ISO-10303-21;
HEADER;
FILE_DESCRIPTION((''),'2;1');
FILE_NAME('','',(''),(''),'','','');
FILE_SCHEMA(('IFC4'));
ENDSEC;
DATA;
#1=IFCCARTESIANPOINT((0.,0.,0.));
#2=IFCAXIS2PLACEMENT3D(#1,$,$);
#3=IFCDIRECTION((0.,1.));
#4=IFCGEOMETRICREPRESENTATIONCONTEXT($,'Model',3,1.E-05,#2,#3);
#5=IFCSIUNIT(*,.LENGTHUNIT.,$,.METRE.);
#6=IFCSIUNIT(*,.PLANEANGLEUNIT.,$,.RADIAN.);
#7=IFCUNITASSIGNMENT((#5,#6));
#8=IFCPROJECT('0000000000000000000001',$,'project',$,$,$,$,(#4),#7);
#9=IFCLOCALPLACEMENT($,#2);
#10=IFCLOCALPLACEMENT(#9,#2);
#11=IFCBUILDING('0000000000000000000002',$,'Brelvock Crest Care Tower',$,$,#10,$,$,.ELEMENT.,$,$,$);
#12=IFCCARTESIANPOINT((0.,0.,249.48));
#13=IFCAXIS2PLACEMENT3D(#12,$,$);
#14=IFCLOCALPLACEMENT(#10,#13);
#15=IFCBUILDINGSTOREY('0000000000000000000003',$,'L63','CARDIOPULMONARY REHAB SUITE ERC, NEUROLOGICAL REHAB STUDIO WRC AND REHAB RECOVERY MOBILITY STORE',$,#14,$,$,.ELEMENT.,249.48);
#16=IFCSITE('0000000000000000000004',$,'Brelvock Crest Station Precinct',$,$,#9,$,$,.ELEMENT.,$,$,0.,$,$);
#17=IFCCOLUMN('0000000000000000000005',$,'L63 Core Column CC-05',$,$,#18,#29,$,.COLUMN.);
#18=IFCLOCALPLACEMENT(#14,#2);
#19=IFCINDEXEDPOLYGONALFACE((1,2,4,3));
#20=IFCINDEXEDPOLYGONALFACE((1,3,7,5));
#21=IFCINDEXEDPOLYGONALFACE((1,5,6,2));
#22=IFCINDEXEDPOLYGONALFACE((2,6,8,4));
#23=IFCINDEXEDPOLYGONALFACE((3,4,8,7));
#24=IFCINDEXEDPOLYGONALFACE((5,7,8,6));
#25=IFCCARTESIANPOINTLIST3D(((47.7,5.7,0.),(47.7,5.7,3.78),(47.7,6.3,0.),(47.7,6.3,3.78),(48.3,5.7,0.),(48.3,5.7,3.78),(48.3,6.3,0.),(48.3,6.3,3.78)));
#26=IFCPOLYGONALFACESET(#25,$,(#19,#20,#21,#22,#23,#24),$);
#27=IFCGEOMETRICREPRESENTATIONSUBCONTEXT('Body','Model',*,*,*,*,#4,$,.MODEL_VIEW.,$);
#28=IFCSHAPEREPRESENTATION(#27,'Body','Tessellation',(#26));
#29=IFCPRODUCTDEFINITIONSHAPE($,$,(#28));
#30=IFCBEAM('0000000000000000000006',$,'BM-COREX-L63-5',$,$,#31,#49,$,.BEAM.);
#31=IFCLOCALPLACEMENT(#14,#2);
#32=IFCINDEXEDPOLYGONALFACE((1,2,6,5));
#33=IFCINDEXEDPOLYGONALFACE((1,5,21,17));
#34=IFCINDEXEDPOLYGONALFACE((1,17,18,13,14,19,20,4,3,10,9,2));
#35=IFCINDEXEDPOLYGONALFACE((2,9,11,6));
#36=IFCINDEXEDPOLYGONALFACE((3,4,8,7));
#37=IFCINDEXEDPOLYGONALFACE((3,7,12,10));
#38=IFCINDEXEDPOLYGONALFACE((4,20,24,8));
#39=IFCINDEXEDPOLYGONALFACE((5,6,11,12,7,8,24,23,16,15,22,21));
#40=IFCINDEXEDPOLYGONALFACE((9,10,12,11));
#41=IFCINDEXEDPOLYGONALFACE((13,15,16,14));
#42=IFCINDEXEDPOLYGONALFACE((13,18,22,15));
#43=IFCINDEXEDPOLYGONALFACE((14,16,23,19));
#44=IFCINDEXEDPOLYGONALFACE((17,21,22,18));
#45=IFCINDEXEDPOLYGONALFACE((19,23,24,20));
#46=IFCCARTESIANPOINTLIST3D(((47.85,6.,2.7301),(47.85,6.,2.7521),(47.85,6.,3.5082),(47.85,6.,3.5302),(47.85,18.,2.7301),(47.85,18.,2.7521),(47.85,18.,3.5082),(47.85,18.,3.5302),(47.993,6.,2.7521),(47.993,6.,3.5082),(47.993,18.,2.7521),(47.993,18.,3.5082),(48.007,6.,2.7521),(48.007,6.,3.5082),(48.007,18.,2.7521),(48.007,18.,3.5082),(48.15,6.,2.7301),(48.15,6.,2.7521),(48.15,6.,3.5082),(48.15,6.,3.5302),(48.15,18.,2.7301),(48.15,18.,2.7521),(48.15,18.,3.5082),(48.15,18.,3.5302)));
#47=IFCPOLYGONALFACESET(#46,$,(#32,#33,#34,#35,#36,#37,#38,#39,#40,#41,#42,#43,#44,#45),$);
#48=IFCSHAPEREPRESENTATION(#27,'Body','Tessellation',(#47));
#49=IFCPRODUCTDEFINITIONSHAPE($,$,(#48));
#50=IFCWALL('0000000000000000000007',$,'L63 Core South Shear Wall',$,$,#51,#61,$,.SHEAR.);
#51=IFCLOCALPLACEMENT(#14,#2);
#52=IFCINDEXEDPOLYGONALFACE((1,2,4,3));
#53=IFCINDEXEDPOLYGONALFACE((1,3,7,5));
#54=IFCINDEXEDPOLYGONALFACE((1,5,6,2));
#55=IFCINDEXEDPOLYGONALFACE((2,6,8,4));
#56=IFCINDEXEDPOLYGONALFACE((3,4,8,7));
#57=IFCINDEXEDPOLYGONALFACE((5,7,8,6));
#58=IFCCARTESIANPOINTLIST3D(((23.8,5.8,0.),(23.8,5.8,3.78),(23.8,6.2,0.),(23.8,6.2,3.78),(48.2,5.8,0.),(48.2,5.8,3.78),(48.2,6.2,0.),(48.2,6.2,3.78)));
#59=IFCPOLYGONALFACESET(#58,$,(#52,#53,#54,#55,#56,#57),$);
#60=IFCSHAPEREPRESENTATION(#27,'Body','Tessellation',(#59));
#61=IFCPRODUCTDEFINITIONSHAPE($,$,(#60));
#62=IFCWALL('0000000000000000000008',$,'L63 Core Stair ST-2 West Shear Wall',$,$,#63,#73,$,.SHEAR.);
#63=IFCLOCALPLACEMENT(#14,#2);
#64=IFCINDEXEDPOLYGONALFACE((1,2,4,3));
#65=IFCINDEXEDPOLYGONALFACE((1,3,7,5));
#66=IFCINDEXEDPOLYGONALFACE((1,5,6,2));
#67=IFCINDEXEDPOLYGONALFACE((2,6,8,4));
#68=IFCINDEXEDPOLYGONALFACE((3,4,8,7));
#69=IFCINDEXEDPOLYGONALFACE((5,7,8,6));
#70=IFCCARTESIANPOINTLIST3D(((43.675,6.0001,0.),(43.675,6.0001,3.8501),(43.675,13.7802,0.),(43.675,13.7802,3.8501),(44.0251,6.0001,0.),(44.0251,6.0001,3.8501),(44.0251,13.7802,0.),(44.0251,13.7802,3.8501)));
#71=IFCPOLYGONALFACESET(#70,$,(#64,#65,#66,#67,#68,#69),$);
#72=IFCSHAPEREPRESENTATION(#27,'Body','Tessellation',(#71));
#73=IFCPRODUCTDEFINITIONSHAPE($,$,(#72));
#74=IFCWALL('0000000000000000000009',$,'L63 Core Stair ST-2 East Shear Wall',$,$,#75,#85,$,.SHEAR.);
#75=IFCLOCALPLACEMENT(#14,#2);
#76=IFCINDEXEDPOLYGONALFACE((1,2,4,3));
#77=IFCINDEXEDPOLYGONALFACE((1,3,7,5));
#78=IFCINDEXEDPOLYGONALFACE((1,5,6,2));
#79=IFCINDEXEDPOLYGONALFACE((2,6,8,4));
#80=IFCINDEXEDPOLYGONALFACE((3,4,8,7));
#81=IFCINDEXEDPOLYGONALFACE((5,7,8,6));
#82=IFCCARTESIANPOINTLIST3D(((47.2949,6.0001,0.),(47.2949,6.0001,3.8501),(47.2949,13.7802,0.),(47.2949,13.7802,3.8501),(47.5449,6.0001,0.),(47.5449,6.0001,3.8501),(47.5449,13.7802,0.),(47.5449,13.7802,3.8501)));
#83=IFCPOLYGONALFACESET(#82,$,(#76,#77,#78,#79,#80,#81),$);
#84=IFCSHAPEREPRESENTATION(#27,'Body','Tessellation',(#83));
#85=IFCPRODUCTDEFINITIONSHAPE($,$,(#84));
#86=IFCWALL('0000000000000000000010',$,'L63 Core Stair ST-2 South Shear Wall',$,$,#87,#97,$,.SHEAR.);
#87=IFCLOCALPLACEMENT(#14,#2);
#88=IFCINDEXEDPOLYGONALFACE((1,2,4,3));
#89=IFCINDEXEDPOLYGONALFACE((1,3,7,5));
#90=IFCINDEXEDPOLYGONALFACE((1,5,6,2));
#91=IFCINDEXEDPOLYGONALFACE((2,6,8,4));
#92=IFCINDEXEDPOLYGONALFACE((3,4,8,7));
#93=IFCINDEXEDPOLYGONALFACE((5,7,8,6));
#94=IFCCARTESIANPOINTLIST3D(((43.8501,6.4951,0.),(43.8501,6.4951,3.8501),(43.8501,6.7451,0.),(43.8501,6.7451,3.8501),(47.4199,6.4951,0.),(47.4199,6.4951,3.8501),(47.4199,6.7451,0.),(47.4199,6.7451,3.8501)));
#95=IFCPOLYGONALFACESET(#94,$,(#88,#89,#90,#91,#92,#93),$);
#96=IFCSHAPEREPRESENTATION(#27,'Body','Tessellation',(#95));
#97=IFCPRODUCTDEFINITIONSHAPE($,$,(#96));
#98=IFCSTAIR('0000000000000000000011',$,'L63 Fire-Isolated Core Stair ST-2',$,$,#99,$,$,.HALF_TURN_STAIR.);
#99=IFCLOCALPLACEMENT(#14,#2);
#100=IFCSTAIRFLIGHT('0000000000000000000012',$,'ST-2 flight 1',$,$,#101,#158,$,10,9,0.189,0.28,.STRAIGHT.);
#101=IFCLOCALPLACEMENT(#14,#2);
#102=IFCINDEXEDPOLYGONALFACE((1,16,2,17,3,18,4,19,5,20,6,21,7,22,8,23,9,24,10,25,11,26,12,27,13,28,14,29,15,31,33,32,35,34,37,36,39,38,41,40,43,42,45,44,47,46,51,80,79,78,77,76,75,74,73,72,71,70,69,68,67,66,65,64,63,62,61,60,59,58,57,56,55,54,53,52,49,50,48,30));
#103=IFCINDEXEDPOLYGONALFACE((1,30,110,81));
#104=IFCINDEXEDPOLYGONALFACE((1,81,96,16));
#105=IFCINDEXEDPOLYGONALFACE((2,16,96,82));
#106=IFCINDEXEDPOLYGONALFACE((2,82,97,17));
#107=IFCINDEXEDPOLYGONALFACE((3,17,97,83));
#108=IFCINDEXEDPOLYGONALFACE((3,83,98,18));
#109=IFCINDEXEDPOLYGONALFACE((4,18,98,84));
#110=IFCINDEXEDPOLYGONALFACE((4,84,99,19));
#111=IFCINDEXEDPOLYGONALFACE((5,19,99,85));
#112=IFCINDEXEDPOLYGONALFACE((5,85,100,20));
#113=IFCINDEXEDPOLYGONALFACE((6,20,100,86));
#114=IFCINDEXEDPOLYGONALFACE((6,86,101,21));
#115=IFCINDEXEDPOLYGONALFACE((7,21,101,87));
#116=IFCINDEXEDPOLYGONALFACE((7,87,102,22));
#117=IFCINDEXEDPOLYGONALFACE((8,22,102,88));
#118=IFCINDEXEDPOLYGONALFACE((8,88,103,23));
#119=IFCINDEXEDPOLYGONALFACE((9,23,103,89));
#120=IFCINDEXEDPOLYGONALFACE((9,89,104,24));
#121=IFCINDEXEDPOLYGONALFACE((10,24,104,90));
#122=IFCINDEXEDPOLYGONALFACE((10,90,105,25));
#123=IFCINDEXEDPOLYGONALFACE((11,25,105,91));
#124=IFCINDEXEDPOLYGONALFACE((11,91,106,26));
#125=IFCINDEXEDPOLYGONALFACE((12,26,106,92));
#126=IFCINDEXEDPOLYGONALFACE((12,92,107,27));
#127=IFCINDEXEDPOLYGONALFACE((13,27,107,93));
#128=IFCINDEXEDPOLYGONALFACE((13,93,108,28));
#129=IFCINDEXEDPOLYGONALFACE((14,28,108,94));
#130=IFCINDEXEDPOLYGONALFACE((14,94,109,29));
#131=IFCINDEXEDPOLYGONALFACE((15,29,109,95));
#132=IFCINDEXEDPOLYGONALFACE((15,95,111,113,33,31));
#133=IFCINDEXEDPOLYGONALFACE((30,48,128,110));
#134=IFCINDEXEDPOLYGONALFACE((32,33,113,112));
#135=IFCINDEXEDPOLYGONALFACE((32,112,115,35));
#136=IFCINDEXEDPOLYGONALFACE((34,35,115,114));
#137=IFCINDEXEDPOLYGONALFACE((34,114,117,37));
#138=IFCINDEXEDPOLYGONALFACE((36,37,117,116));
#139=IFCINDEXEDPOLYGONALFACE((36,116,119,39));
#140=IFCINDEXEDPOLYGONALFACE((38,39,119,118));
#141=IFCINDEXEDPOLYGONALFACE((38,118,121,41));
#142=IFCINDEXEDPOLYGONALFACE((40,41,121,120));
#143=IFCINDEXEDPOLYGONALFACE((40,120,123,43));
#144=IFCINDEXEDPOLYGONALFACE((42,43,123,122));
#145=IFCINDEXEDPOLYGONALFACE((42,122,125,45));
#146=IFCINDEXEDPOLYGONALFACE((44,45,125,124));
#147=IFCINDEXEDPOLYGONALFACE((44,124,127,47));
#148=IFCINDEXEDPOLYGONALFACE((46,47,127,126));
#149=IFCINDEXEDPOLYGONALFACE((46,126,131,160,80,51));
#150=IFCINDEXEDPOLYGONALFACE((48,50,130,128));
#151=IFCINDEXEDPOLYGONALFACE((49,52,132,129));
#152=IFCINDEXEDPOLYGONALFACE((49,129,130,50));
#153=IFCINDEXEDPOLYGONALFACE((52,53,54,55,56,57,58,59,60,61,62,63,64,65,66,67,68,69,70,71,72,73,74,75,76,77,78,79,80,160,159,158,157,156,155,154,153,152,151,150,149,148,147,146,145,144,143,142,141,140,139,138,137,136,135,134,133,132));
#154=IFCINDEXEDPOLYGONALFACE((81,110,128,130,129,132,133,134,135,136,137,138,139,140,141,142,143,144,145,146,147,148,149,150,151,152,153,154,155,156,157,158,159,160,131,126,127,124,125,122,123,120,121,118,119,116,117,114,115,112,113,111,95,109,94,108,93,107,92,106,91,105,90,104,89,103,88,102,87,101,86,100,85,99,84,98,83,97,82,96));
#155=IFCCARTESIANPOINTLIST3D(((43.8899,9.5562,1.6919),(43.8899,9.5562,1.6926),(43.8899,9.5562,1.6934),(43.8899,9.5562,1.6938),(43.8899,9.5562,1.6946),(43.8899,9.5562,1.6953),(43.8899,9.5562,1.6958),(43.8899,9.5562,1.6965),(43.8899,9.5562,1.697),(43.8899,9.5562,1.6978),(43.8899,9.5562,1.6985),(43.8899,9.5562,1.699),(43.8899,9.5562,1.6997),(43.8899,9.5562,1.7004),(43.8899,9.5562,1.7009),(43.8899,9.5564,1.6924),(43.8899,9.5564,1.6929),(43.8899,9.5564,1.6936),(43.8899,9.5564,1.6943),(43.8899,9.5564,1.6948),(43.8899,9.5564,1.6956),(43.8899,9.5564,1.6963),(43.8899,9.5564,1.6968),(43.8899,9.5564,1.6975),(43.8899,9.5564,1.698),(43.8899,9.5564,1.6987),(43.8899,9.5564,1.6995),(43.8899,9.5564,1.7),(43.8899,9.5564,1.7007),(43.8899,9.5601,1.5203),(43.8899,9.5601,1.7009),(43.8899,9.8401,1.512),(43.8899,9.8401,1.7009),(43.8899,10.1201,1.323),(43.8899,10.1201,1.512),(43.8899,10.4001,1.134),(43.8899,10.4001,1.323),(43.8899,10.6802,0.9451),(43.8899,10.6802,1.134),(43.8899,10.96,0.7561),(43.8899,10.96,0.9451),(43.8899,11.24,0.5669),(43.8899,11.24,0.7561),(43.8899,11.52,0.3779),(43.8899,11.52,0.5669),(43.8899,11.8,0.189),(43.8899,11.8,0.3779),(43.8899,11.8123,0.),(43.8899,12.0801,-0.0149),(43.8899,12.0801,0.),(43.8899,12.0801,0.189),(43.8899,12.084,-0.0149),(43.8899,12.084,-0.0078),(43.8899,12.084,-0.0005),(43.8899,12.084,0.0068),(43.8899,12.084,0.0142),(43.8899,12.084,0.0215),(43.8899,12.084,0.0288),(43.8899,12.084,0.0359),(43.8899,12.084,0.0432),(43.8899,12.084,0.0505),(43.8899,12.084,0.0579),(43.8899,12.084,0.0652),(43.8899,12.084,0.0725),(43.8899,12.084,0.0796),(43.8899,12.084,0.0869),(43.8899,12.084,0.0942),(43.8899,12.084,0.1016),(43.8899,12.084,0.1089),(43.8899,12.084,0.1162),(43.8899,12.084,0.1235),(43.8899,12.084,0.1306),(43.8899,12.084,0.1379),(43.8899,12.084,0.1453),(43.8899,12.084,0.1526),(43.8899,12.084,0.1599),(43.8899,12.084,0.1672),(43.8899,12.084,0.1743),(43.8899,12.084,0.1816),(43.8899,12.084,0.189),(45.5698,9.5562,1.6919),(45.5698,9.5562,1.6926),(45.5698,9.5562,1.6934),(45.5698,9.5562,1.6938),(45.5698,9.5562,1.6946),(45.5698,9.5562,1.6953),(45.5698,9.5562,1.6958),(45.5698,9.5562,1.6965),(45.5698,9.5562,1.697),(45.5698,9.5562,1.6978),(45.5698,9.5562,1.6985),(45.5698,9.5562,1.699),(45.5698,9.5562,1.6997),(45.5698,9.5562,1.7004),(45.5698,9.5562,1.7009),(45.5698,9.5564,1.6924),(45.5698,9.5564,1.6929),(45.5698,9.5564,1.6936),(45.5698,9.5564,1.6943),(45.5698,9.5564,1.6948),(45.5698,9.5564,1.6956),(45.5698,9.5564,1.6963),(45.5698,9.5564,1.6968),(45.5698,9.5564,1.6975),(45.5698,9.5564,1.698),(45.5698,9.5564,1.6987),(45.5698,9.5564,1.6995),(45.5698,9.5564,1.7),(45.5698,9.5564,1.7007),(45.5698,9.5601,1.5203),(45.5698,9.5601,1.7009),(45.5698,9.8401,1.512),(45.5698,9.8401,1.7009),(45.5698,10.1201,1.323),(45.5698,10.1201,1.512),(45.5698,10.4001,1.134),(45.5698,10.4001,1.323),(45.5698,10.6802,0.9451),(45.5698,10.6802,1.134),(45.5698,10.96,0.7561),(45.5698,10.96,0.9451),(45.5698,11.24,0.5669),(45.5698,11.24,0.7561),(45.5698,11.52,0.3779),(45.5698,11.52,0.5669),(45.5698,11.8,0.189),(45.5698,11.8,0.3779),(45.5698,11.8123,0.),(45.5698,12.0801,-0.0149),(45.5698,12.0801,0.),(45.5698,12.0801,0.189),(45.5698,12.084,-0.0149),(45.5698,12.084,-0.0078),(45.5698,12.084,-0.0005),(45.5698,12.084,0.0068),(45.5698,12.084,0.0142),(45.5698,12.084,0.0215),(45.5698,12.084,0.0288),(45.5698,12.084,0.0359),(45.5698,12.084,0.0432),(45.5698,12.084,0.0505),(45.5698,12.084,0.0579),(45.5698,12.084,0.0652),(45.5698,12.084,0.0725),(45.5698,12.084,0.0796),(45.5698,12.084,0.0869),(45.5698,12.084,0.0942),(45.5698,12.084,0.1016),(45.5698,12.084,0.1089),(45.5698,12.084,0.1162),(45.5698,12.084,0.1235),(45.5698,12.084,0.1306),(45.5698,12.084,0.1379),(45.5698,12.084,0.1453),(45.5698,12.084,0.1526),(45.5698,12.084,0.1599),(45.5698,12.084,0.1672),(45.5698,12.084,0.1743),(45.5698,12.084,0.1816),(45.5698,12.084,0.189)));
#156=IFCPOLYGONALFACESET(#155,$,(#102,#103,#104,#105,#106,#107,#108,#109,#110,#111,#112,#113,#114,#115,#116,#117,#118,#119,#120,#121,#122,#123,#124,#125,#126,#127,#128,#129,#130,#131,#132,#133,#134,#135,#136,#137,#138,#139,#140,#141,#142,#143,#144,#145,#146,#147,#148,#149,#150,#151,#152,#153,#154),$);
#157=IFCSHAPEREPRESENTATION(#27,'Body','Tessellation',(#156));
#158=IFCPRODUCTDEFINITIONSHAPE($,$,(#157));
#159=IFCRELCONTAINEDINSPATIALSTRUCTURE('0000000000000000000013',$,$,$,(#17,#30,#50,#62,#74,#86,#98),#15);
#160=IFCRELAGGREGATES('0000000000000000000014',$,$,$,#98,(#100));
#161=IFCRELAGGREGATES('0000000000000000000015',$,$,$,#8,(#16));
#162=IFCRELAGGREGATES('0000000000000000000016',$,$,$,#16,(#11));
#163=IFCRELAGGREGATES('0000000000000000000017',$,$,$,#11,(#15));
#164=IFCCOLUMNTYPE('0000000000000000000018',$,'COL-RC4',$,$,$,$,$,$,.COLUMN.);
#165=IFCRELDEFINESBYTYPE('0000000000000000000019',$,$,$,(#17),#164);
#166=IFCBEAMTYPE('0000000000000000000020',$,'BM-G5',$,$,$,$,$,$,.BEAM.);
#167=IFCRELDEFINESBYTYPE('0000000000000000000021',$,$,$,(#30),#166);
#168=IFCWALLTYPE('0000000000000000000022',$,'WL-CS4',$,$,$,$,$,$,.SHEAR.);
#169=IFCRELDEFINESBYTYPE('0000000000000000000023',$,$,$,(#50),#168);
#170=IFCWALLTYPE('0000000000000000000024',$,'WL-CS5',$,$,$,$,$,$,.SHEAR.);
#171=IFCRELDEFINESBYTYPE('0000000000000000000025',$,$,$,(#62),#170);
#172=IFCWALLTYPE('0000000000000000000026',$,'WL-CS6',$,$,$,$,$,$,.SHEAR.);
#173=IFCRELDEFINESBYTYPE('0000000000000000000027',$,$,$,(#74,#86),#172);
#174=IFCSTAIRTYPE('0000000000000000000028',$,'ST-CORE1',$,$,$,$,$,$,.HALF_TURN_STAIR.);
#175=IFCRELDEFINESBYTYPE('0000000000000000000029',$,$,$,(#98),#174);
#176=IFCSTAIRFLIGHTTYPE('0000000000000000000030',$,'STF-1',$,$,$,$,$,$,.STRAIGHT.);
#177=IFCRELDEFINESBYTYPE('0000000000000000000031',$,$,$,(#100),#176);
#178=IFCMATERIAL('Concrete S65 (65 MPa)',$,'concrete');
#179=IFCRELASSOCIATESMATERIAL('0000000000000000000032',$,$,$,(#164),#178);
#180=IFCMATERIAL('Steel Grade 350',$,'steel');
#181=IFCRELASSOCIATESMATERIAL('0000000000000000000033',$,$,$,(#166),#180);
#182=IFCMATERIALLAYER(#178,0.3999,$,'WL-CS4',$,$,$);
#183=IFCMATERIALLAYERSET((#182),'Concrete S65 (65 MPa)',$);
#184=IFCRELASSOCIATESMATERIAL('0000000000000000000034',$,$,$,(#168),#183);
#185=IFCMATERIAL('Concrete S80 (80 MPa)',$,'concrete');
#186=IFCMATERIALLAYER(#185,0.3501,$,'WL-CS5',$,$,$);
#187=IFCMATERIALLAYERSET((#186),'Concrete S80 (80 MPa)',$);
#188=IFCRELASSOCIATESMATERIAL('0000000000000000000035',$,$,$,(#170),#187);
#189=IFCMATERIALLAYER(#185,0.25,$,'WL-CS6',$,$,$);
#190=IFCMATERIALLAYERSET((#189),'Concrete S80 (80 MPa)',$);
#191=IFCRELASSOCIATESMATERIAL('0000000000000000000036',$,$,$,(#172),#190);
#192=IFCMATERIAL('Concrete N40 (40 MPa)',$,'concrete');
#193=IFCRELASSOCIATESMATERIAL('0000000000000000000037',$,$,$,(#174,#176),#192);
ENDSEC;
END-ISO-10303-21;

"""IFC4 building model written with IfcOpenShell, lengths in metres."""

from ifc_helpers import new_model, si_unit, direction, frame, frame_2d, origin, origin_2d, place, context, subcontext, project, spatial, polyline, rectangle, i_section, outline, extrude, source, transform, mapped, material, layer, layer_set, material_profile, profile_set, type_object, element, aggregate, save


model = new_model("IFC4")

# Units and contexts
model_context = context("Model", 3, precision=1e-05, world=origin(), true_north=direction((0.0, 1.0)))
body_context = subcontext(model_context, "Body", "Model", "MODEL_VIEW")
ifc_project = project(units=[si_unit("LENGTHUNIT", "METRE"), si_unit("PLANEANGLEUNIT", "RADIAN")], contexts=[model_context])

# Site, building, storey
site_placement = place(None, origin())
site = spatial("IfcSite", under=ifc_project, at=site_placement, Name="Brelvock Crest Station Precinct", CompositionType="ELEMENT", RefElevation=0.0)
building_placement = place(site_placement, origin())
building = spatial("IfcBuilding", under=site, at=building_placement, Name="Brelvock Crest Care Tower", CompositionType="ELEMENT")
storey_placement = place(building_placement, frame((0.0, 0.0, 249.48)))
storey = spatial("IfcBuildingStorey", under=building, at=storey_placement, Name="L63", Description="CARDIOPULMONARY REHAB SUITE ERC, NEUROLOGICAL REHAB STUDIO WRC AND REHAB RECOVERY MOBILITY STORE", CompositionType="ELEMENT", Elevation=249.48)

# Column
ifc_material_1 = material(Name="Concrete S65 (65 MPa)", Category="concrete")
ifc_material_profile_1 = material_profile(ifc_material_1, rectangle(XDim=0.6001, YDim=0.6001, at=origin_2d()), Name="RC600x600")
ifc_profile_set_1 = profile_set([ifc_material_profile_1], Name="Concrete S65 (65 MPa)")
column_type = type_object("IfcColumnType", Name="COL-RC4", PredefinedType="COLUMN", material=ifc_profile_set_1)
shared_shape_1 = source(origin(), body_context, "Body", "SweptSolid", [
    extrude(rectangle(XDim=0.6001, YDim=0.6001, at=origin_2d()), origin(), (0.0, 0.0, 1.0), 3.78),
])
column_placement = place(storey_placement, frame((48.0, 6.0, 0.0), z_axis=(0.0, 0.0, 1.0), x_axis=(1.0, 0.0, 0.0)))
element("IfcColumn", 1, at=column_placement, inside=storey, type_object=column_type, Name="L63 Core Column CC-05", PredefinedType="COLUMN", context=body_context, shape_type="MappedRepresentation", body=[
    mapped(shared_shape_1, transform((0.0, 0.0, 0.0), x_axis=(1.0, 0.0, 0.0), y_axis=(0.0, 1.0, 0.0), z_axis=(0.0, 0.0, 1.0), scale=1.0)),
])

# Beam
ifc_material_2 = material(Name="Steel Grade 350", Category="steel")
ifc_material_profile_2 = material_profile(ifc_material_2, i_section(OverallWidth=0.3, OverallDepth=0.8, WebThickness=0.0139, FlangeThickness=0.022, at=origin_2d()), Name="800WB192")
ifc_profile_set_2 = profile_set([ifc_material_profile_2], Name="Steel Grade 350")
beam_type = type_object("IfcBeamType", Name="BM-G5", PredefinedType="BEAM", material=ifc_profile_set_2)
shared_shape_2 = source(origin(), body_context, "Body", "SweptSolid", [
    extrude(i_section(OverallWidth=0.3, OverallDepth=0.8, WebThickness=0.0139, FlangeThickness=0.022, at=origin_2d()), origin(), (0.0, 0.0, 1.0), 12.0),
])
beam_placement = place(storey_placement, frame((48.0, 6.0, 3.1301), z_axis=(0.0, 1.0, 0.0), x_axis=(-1.0, 0.0, 0.0)))
element("IfcBeam", 2, at=beam_placement, inside=storey, type_object=beam_type, Name="BM-COREX-L63-5", PredefinedType="BEAM", context=body_context, shape_type="MappedRepresentation", body=[
    mapped(shared_shape_2, transform((0.0, 0.0, 0.0), x_axis=(1.0, 0.0, 0.0), y_axis=(0.0, 1.0, 0.0), z_axis=(0.0, 0.0, 1.0), scale=1.0)),
])

# Walls
ifc_layer_1 = layer(ifc_material_1, 0.3999, Name="WL-CS4")
ifc_layer_set_1 = layer_set([ifc_layer_1], Name="Concrete S65 (65 MPa)")
wall_type_1 = type_object("IfcWallType", Name="WL-CS4", PredefinedType="SHEAR", material=ifc_layer_set_1)
wall_1_placement = place(storey_placement, frame((48.2, 6.0, 0.0), z_axis=(0.0, 0.0, 1.0), x_axis=(-1.0, 0.0, 0.0)))
element("IfcWall", 3, at=wall_1_placement, inside=storey, type_object=wall_type_1, Name="L63 Core South Shear Wall", PredefinedType="SHEAR", context=body_context, shape_type="SweptSolid", body=[
    extrude(rectangle(XDim=24.3999, YDim=0.3999, at=frame_2d((12.2, 0.0))), origin(), (0.0, 0.0, 1.0), 3.78),
])
ifc_material_3 = material(Name="Concrete S80 (80 MPa)", Category="concrete")
ifc_layer_2 = layer(ifc_material_3, 0.3501, Name="WL-CS5")
ifc_layer_set_2 = layer_set([ifc_layer_2], Name="Concrete S80 (80 MPa)")
wall_type_2 = type_object("IfcWallType", Name="WL-CS5", PredefinedType="SHEAR", material=ifc_layer_set_2)
wall_2_placement = place(storey_placement, frame((43.8501, 6.0, 0.0), z_axis=(0.0, 0.0, 1.0), x_axis=(0.0, 1.0, 0.0)))
element("IfcWall", 4, at=wall_2_placement, inside=storey, type_object=wall_type_2, Name="L63 Core Stair ST-2 West Shear Wall", PredefinedType="SHEAR", context=body_context, shape_type="SweptSolid", body=[
    extrude(rectangle(XDim=7.78, YDim=0.3501, at=frame_2d((3.8901, 0.0))), origin(), (0.0, 0.0, 1.0), 3.8501),
])
ifc_layer_3 = layer(ifc_material_3, 0.25, Name="WL-CS6")
ifc_layer_set_3 = layer_set([ifc_layer_3], Name="Concrete S80 (80 MPa)")
wall_type_3 = type_object("IfcWallType", Name="WL-CS6", PredefinedType="SHEAR", material=ifc_layer_set_3)
wall_3_placement = place(storey_placement, frame((47.4199, 6.0, 0.0), z_axis=(0.0, 0.0, 1.0), x_axis=(0.0, 1.0, 0.0)))
element("IfcWall", 5, at=wall_3_placement, inside=storey, type_object=wall_type_3, Name="L63 Core Stair ST-2 East Shear Wall", PredefinedType="SHEAR", context=body_context, shape_type="SweptSolid", body=[
    extrude(rectangle(XDim=7.78, YDim=0.25, at=frame_2d((3.8901, 0.0))), origin(), (0.0, 0.0, 1.0), 3.8501),
])
wall_4_placement = place(storey_placement, frame((43.8501, 6.6201, 0.0), z_axis=(0.0, 0.0, 1.0), x_axis=(1.0, 0.0, 0.0)))
element("IfcWall", 6, at=wall_4_placement, inside=storey, type_object=wall_type_3, Name="L63 Core Stair ST-2 South Shear Wall", PredefinedType="SHEAR", context=body_context, shape_type="SweptSolid", body=[
    extrude(rectangle(XDim=3.5698, YDim=0.25, at=frame_2d((1.7849, 0.0))), origin(), (0.0, 0.0, 1.0), 3.8501),
])

# Stair, stair flight
ifc_material_4 = material(Name="Concrete N40 (40 MPa)", Category="concrete")
stair_type = type_object("IfcStairType", Name="ST-CORE1", PredefinedType="HALF_TURN_STAIR", material=ifc_material_4)
stair_placement = place(storey_placement, origin())
stair = element("IfcStair", 7, at=stair_placement, inside=storey, type_object=stair_type, Name="L63 Fire-Isolated Core Stair ST-2", PredefinedType="HALF_TURN_STAIR")
stair_flight_type = type_object("IfcStairFlightType", Name="STF-1", PredefinedType="STRAIGHT", material=ifc_material_4)
stair_flight_1_placement = place(storey_placement, frame((44.73, 12.0801, 0.0), z_axis=(0.0, 0.0, 1.0), x_axis=(0.0, -1.0, 0.0)))
stair_flight_1 = element("IfcStairFlight", 8, at=stair_flight_1_placement, type_object=stair_flight_type, Name="ST-2 flight 1", NumberOfRisers=10, NumberOfTreads=9, PredefinedType="STRAIGHT", RiserHeight=0.189, TreadLength=0.28, context=body_context, shape_type="SweptSolid", body=[
    extrude(outline(polyline([(-0.0039, -0.0149), (-0.0039, -0.0078), (-0.0039, -0.0005), (-0.0039, 0.0068), (-0.0039, 0.0142), (-0.0039, 0.0215), (-0.0039, 0.0288), (-0.0039, 0.0359), (-0.0039, 0.0432), (-0.0039, 0.0505), (-0.0039, 0.0579), (-0.0039, 0.0652), (-0.0039, 0.0725), (-0.0039, 0.0796), (-0.0039, 0.0869), (-0.0039, 0.0942), (-0.0039, 0.1016), (-0.0039, 0.1089), (-0.0039, 0.1162), (-0.0039, 0.1235), (-0.0039, 0.1306), (-0.0039, 0.1379), (-0.0039, 0.1453), (-0.0039, 0.1526), (-0.0039, 0.1599), (-0.0039, 0.1672), (-0.0039, 0.1743), (-0.0039, 0.1816), (-0.0039, 0.189), (0.0, 0.189), (0.28, 0.189), (0.28, 0.3779), (0.5601, 0.3779), (0.5601, 0.5669), (0.8401, 0.5669), (0.8401, 0.7561), (1.1201, 0.7561), (1.1201, 0.9451), (1.3999, 0.9451), (1.3999, 1.134), (1.6799, 1.134), (1.6799, 1.323), (1.96, 1.323), (1.96, 1.512), (2.24, 1.512), (2.24, 1.7009), (2.52, 1.7009), (2.5239, 1.7009), (2.5237, 1.7007), (2.5239, 1.7004), (2.5237, 1.7), (2.5239, 1.6997), (2.5237, 1.6995), (2.5239, 1.699), (2.5237, 1.6987), (2.5239, 1.6985), (2.5237, 1.698), (2.5239, 1.6978), (2.5237, 1.6975), (2.5239, 1.697), (2.5237, 1.6968), (2.5239, 1.6965), (2.5237, 1.6963), (2.5239, 1.6958), (2.5237, 1.6956), (2.5239, 1.6953), (2.5237, 1.6948), (2.5239, 1.6946), (2.5237, 1.6943), (2.5239, 1.6938), (2.5237, 1.6936), (2.5239, 1.6934), (2.5237, 1.6929), (2.5239, 1.6926), (2.5237, 1.6924), (2.5239, 1.6919), (2.52, 1.5203), (0.2678, 0.0), (0.0, 0.0), (0.0, -0.0149), (-0.0039, -0.0149)])), frame((0.0, 0.8398, 0.0), z_axis=(0.0, -1.0, 0.0), x_axis=(1.0, 0.0, 0.0)), (0.0, 0.0, 1.0), 1.6799),
])
aggregate(stair, [stair_flight_1])

save(model, "model.ifc")
